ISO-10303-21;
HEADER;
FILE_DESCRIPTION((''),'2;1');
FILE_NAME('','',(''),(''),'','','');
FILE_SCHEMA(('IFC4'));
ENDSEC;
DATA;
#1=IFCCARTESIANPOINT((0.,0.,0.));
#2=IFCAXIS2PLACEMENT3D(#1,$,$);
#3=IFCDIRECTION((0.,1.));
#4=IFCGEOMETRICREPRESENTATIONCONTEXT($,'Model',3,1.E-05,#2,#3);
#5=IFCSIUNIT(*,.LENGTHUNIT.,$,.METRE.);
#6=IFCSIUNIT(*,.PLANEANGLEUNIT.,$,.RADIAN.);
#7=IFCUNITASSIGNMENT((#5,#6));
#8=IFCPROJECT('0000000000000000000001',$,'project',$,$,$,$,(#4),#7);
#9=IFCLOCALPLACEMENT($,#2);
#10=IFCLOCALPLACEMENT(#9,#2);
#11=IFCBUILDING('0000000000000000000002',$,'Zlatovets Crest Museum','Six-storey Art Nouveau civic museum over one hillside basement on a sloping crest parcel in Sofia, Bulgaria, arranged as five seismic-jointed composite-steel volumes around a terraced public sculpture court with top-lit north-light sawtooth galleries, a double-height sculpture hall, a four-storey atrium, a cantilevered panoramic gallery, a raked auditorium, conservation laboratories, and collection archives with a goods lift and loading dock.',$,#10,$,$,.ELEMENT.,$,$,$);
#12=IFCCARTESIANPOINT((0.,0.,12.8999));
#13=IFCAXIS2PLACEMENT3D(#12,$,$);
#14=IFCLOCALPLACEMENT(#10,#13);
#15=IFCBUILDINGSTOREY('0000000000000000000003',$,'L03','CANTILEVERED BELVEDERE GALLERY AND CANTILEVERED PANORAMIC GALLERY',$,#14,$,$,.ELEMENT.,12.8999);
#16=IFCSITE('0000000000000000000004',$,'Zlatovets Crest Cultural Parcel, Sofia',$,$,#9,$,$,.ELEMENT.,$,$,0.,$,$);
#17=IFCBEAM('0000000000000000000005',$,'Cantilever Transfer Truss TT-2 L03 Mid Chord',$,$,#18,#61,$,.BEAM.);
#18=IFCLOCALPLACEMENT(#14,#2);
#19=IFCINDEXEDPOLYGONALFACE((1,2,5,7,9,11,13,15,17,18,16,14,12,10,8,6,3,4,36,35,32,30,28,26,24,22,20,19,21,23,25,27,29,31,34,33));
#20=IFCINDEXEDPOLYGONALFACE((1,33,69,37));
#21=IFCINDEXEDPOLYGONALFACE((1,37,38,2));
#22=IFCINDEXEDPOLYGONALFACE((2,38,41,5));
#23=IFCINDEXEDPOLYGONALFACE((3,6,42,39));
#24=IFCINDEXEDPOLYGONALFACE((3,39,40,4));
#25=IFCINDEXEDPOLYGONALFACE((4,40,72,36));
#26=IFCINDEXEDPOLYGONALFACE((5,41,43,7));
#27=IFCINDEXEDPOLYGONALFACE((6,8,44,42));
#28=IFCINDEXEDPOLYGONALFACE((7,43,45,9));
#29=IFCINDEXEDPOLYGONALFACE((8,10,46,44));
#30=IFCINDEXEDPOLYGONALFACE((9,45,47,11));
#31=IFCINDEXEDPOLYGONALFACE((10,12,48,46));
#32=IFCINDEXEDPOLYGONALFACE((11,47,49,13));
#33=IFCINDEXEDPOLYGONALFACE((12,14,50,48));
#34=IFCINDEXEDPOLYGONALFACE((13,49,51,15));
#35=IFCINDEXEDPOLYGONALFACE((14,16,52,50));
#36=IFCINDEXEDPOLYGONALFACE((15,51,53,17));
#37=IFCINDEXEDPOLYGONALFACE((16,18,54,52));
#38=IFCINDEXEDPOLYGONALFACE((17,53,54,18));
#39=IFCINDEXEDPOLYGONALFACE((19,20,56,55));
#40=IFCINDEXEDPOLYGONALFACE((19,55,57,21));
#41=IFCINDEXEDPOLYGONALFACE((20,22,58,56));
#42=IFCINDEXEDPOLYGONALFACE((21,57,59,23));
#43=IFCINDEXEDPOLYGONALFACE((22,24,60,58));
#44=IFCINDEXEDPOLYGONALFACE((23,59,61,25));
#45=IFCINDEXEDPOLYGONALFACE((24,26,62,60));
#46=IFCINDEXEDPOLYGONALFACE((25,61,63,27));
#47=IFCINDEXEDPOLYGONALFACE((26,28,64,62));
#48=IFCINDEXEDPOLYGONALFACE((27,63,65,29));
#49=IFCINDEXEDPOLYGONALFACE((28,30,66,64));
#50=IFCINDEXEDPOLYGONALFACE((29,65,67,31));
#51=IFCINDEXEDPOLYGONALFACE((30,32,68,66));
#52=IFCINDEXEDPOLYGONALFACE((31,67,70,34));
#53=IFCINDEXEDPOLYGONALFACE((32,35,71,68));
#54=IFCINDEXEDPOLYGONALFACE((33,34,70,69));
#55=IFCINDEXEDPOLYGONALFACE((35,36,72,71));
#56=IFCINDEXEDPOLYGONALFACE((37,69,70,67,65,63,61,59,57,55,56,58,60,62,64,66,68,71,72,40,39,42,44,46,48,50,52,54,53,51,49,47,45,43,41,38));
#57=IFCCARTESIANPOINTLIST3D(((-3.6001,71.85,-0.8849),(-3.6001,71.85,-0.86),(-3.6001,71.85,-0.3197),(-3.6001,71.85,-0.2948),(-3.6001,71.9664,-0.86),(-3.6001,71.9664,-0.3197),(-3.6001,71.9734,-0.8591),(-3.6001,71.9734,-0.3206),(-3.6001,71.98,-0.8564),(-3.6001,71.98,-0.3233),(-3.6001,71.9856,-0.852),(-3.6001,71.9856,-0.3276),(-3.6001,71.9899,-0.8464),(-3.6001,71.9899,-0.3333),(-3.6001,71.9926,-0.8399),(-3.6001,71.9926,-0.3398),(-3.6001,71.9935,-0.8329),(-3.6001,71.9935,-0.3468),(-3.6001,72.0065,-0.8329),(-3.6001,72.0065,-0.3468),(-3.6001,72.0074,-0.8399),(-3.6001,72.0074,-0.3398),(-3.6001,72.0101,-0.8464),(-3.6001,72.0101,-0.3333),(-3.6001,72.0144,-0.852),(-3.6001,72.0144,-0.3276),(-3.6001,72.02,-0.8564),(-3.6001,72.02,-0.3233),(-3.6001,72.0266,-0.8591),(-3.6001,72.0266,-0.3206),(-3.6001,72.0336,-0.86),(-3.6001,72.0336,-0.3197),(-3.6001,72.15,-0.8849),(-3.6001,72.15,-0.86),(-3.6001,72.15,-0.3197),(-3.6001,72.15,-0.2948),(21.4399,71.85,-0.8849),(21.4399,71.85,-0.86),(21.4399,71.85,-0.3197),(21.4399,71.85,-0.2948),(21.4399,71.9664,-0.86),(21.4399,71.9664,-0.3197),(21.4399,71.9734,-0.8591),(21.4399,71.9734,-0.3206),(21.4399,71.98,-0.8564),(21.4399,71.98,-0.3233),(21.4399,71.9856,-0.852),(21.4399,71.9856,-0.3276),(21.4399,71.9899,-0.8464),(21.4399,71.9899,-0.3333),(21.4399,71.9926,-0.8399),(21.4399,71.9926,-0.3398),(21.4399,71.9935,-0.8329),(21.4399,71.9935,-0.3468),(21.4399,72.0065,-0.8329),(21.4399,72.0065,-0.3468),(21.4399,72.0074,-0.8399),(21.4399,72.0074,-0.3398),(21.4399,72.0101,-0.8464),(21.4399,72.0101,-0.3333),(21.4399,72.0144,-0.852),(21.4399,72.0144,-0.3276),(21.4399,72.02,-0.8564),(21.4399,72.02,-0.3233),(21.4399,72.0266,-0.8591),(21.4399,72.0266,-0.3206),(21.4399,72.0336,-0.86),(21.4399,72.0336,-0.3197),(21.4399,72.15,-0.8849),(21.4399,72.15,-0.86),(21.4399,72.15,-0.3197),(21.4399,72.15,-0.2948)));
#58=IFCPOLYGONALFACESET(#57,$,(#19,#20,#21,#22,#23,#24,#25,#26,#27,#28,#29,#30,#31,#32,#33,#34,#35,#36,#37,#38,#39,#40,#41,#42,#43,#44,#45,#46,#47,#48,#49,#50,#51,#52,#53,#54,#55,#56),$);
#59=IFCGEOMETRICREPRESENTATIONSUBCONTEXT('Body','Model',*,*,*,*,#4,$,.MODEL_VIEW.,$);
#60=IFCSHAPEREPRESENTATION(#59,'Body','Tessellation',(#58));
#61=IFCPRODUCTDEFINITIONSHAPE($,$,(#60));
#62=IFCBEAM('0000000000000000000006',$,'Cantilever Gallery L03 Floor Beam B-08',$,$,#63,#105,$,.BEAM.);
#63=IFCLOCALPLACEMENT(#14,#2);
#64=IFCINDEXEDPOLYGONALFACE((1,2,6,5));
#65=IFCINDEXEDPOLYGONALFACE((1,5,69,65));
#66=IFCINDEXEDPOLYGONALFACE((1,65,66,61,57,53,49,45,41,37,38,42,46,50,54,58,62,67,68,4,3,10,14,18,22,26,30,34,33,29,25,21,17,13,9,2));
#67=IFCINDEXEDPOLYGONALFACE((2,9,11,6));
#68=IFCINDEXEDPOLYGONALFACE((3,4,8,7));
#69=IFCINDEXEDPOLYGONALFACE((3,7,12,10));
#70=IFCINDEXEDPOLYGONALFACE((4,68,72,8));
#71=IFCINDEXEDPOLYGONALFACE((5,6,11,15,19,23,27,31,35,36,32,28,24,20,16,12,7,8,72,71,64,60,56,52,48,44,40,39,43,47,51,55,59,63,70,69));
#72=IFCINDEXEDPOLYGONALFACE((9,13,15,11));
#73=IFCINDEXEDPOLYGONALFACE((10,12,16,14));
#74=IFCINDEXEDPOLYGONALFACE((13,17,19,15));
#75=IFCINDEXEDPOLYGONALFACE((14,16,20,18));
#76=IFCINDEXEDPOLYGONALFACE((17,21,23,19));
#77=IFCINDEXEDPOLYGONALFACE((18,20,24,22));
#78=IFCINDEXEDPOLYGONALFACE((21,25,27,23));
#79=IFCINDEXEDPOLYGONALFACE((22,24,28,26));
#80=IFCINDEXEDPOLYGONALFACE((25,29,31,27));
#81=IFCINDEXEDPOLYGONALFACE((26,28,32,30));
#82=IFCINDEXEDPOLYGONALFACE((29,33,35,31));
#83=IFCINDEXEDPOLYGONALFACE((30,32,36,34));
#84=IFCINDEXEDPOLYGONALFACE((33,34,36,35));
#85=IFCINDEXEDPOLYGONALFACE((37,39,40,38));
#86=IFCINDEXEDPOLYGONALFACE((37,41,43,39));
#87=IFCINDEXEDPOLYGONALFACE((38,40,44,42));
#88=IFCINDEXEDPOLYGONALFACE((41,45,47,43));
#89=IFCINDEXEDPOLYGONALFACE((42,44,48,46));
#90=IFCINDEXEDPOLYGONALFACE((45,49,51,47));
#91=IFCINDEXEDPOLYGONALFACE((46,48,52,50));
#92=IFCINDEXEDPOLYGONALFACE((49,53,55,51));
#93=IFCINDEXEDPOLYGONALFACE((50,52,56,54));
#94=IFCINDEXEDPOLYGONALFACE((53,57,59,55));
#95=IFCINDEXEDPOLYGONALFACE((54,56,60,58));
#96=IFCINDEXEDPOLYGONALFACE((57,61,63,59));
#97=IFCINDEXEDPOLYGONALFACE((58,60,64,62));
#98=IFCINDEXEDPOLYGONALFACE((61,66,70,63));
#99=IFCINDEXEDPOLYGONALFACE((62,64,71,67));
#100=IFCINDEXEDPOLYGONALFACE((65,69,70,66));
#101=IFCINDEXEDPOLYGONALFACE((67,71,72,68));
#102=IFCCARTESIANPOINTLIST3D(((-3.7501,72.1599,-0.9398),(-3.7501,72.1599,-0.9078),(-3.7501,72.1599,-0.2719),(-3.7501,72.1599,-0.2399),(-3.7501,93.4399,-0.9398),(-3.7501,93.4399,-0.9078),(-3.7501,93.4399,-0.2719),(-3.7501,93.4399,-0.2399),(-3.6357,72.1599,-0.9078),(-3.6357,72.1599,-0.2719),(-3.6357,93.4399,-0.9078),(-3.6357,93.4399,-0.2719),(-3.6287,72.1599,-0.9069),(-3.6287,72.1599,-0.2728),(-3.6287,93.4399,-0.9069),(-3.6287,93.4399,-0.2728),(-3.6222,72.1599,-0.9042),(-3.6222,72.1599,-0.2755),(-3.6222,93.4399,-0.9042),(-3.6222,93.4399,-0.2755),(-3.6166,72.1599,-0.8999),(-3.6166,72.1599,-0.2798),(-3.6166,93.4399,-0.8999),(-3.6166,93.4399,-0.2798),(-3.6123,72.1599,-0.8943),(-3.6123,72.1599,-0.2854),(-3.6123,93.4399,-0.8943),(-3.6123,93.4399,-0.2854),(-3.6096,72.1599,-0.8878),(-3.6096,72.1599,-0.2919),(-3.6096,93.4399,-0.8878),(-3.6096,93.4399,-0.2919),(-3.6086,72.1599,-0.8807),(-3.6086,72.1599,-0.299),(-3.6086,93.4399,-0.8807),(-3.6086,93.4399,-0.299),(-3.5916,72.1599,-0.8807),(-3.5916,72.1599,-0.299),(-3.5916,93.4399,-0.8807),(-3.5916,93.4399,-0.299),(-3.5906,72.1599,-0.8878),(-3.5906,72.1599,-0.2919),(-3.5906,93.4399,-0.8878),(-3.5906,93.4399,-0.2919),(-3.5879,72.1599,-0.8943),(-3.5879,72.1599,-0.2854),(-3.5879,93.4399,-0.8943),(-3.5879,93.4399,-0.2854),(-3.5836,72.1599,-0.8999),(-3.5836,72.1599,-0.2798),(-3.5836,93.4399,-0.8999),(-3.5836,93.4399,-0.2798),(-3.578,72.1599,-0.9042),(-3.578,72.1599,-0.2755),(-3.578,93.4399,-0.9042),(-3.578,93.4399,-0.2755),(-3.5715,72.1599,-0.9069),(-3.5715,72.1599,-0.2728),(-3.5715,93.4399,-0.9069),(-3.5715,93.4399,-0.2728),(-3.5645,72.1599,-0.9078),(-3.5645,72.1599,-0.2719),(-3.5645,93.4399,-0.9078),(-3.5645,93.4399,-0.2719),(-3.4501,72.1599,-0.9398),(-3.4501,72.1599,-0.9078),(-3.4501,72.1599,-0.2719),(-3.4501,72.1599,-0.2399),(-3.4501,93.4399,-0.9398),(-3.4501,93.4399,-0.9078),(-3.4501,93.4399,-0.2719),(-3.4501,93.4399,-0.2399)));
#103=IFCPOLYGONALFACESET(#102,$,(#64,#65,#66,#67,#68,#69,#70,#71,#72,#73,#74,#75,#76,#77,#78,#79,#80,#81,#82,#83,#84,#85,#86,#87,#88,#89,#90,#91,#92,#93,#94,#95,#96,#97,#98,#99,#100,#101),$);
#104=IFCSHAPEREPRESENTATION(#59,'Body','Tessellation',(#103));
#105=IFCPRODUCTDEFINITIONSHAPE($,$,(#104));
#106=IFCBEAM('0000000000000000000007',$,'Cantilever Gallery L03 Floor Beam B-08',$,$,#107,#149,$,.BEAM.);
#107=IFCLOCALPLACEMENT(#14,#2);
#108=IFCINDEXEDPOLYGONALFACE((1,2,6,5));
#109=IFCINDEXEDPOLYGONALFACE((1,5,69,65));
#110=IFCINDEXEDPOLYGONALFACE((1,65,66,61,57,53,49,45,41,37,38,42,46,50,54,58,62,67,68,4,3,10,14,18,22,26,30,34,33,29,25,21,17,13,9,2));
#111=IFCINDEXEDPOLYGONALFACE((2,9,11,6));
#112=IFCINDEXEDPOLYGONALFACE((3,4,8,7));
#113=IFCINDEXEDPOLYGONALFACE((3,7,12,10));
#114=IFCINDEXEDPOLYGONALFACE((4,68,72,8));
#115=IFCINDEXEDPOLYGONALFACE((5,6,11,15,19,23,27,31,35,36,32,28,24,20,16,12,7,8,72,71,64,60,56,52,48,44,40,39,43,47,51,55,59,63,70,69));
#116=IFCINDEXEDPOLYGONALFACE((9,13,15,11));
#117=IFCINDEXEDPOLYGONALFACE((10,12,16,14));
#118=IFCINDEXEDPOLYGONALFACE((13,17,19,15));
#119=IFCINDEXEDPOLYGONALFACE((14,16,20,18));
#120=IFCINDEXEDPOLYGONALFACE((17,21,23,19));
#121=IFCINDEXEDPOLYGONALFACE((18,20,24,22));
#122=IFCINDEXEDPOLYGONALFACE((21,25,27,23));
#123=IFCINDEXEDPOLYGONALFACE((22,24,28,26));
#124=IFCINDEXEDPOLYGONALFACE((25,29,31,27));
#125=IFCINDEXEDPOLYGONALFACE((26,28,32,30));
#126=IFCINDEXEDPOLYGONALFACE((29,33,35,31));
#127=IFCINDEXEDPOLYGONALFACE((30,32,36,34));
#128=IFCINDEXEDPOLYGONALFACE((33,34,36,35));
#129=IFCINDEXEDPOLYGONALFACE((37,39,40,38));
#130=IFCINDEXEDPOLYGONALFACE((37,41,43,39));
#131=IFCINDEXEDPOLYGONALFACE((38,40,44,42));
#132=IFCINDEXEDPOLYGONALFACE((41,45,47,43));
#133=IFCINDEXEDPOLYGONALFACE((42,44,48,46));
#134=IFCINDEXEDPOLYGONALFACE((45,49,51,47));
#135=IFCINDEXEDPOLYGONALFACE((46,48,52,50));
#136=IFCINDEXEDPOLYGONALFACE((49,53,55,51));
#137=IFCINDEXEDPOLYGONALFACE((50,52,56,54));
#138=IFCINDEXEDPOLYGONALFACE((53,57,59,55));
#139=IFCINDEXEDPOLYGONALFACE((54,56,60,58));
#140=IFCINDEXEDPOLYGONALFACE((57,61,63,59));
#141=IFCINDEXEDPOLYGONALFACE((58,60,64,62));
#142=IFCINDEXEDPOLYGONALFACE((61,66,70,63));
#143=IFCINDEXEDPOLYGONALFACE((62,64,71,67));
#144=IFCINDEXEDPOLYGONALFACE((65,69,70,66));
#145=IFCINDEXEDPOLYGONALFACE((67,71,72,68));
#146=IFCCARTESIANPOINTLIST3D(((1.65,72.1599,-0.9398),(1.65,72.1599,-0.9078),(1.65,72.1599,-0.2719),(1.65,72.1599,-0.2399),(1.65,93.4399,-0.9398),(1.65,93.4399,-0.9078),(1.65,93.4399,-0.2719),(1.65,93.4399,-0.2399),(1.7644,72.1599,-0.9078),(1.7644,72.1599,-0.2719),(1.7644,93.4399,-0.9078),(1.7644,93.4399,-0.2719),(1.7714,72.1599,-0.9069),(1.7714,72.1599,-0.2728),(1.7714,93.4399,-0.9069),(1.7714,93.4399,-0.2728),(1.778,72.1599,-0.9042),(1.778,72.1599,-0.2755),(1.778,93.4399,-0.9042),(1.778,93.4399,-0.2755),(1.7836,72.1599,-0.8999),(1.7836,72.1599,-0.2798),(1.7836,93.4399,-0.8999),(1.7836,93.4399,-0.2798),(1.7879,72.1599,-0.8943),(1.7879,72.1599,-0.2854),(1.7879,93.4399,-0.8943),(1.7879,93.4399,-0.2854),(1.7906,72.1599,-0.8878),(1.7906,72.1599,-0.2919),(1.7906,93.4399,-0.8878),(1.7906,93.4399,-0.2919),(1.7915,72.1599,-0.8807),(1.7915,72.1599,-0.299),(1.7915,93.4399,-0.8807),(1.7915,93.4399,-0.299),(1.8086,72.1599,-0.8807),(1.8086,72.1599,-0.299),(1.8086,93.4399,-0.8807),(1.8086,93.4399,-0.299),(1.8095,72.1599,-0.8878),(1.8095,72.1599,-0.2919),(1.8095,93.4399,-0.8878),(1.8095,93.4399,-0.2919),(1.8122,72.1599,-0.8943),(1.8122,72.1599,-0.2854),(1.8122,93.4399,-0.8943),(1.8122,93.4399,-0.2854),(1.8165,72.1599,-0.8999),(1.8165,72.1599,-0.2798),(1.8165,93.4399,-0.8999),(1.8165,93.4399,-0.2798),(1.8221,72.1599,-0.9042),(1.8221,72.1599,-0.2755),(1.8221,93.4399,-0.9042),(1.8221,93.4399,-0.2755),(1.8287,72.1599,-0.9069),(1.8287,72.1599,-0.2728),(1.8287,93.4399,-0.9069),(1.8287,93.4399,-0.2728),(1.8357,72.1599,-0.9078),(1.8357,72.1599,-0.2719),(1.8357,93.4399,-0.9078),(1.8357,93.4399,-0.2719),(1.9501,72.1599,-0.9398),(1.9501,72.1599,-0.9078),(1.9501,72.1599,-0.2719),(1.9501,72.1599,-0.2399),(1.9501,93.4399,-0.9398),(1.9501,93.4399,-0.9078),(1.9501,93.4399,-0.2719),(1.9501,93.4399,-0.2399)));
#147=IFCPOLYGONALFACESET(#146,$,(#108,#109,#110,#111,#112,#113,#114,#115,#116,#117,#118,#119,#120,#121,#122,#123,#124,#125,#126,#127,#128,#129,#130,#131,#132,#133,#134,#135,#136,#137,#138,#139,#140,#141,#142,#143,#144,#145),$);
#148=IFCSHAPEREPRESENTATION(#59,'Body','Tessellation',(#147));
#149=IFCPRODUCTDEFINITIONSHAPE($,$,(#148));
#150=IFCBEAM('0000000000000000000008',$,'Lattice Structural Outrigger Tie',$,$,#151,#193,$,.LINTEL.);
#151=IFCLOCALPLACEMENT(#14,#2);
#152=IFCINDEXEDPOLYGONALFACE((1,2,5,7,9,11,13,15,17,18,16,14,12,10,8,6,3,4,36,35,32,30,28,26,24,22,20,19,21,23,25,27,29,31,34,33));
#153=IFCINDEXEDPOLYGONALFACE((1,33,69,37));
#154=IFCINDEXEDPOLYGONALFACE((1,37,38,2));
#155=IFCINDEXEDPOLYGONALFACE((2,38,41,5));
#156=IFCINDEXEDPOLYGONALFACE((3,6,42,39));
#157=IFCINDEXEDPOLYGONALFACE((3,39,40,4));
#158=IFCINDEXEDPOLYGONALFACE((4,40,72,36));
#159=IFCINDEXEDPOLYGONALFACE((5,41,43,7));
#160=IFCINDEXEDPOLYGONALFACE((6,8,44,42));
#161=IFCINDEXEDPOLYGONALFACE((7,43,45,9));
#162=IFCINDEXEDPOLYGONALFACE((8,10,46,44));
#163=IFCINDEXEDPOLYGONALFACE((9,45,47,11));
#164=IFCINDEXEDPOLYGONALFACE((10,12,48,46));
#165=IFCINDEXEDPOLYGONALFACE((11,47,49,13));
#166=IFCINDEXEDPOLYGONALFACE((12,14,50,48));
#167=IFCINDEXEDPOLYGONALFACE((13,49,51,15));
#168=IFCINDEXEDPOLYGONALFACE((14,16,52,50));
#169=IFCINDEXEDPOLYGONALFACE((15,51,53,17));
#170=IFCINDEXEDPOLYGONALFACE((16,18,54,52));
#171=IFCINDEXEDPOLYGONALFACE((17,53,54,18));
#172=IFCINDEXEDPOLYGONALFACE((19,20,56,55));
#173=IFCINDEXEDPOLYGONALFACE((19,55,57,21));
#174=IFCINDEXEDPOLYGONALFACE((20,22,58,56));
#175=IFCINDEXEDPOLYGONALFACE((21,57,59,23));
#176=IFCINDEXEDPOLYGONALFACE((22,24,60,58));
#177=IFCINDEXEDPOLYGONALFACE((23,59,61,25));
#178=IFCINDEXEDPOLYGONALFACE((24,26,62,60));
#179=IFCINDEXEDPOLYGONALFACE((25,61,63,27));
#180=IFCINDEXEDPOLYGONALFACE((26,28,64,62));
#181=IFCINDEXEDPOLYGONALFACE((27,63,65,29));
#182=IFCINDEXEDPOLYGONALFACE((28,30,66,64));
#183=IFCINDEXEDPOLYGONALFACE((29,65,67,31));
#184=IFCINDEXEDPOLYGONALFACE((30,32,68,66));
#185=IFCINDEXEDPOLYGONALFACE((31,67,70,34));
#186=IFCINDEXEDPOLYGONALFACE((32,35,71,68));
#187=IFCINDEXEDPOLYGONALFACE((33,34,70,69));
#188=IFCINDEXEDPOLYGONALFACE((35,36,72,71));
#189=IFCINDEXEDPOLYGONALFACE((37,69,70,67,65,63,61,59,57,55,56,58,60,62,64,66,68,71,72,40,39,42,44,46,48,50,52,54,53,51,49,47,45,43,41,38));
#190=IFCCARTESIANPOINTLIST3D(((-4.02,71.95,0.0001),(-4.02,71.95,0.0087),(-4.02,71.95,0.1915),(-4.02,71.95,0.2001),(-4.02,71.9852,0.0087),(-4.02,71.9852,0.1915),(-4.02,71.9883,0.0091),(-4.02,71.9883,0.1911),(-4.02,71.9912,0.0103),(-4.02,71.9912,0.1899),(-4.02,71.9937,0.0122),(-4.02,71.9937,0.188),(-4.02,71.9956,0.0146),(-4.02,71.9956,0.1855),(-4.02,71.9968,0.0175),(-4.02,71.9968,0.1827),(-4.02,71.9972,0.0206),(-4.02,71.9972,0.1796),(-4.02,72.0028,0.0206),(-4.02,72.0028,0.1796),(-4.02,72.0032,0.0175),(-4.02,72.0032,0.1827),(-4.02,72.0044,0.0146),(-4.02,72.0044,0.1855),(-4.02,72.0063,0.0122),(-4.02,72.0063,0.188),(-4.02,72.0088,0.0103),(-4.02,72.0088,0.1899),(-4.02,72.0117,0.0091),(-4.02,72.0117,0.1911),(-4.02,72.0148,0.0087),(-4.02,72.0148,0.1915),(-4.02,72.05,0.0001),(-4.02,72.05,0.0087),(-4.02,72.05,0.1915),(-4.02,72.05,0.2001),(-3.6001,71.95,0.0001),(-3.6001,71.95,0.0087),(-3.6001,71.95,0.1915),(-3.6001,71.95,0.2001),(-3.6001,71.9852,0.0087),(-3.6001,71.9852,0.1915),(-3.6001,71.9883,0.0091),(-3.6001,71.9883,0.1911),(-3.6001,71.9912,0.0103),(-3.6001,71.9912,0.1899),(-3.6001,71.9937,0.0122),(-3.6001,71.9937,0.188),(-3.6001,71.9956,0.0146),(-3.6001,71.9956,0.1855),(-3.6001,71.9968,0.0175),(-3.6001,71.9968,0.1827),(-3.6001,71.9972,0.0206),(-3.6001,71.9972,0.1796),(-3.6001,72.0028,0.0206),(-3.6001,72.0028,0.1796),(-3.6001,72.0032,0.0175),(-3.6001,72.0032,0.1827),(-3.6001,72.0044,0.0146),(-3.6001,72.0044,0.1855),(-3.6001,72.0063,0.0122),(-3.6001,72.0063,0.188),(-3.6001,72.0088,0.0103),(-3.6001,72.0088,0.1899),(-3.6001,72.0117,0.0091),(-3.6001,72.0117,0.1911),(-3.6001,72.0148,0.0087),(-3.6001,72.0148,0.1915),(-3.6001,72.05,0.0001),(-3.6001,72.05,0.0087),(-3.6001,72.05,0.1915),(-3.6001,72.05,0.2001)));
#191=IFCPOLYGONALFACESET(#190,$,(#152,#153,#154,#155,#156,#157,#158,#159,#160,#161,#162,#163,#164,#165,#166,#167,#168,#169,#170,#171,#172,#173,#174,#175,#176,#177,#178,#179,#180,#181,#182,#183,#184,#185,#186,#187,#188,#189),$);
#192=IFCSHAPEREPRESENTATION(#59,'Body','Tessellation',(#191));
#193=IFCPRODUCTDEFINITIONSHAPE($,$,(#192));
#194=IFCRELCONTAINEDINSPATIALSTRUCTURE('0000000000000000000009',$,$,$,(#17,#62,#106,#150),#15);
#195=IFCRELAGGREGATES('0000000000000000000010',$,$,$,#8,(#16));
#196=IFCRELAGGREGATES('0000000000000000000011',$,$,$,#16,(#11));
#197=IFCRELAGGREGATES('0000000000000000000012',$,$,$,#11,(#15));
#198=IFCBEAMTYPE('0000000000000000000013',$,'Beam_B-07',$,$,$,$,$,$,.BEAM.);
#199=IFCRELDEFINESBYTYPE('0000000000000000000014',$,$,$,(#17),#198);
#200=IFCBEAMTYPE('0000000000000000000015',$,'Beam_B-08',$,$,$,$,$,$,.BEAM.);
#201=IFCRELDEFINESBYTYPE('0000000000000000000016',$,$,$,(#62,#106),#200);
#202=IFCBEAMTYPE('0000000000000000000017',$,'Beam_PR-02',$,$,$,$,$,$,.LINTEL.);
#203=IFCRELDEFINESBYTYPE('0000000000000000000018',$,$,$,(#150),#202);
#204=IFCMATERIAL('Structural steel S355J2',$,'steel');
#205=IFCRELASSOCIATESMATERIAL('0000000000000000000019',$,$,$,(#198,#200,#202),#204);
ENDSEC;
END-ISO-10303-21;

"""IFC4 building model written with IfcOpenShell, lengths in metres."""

from ifc_helpers import new_model, si_unit, direction, frame, origin, origin_2d, place, context, subcontext, project, spatial, i_section, extrude, material, material_profile, profile_set, type_object, element, save


model = new_model("IFC4")

# Units and contexts
model_context = context("Model", 3, precision=1e-05, world=origin(), true_north=direction((0.0, 1.0)))
body_context = subcontext(model_context, "Body", "Model", "MODEL_VIEW")
ifc_project = project(units=[si_unit("LENGTHUNIT", "METRE"), si_unit("PLANEANGLEUNIT", "RADIAN")], contexts=[model_context])

# Site, building, storey
site_placement = place(None, origin())
site = spatial("IfcSite", under=ifc_project, at=site_placement, Name="Zlatovets Crest Cultural Parcel, Sofia", CompositionType="ELEMENT", RefElevation=0.0)
building_placement = place(site_placement, origin())
building = spatial("IfcBuilding", under=site, at=building_placement, Name="Zlatovets Crest Museum", Description="Six-storey Art Nouveau civic museum over one hillside basement on a sloping crest parcel in Sofia, Bulgaria, arranged as five seismic-jointed composite-steel volumes around a terraced public sculpture court with top-lit north-light sawtooth galleries, a double-height sculpture hall, a four-storey atrium, a cantilevered panoramic gallery, a raked auditorium, conservation laboratories, and collection archives with a goods lift and loading dock.", CompositionType="ELEMENT")
storey_placement = place(building_placement, frame((0.0, 0.0, 12.8999)))
storey = spatial("IfcBuildingStorey", under=building, at=storey_placement, Name="L03", Description="CANTILEVERED BELVEDERE GALLERY AND CANTILEVERED PANORAMIC GALLERY", CompositionType="ELEMENT", Elevation=12.8999)

# Beams
ifc_material_1 = material(Name="Structural steel S355J2", Category="steel")
ifc_material_profile_1 = material_profile(ifc_material_1, i_section(OverallWidth=0.3, OverallDepth=0.5901, WebThickness=0.0129, FlangeThickness=0.0249, FilletRadius=0.0271, at=origin_2d()), Name="HEA 600")
ifc_profile_set_1 = profile_set([ifc_material_profile_1], Name="Structural steel S355J2")
beam_type_1 = type_object("IfcBeamType", Name="Beam_B-07", PredefinedType="BEAM", material=ifc_profile_set_1)
beam_placement = place(storey_placement, frame((-3.6001, 72.0, -0.5898), z_axis=(1.0, 0.0, 0.0), x_axis=(0.0, 1.0, 0.0)))
element("IfcBeam", 1, at=beam_placement, inside=storey, type_object=beam_type_1, Name="Cantilever Transfer Truss TT-2 L03 Mid Chord", PredefinedType="BEAM", context=body_context, shape_type="SweptSolid", body=[
    extrude(i_section(OverallWidth=0.3, OverallDepth=0.5901, WebThickness=0.0129, FlangeThickness=0.0249, FilletRadius=0.0271, at=origin_2d()), origin(), (0.0, 0.0, 1.0), 25.04),
])
ifc_material_profile_2 = material_profile(ifc_material_1, i_section(OverallWidth=0.3, OverallDepth=0.7, WebThickness=0.0171, FlangeThickness=0.032, FilletRadius=0.0271, at=origin_2d()), Name="HEB 700")
ifc_profile_set_2 = profile_set([ifc_material_profile_2], Name="Structural steel S355J2")
beam_type_2 = type_object("IfcBeamType", Name="Beam_B-08", PredefinedType="BEAM", material=ifc_profile_set_2)
for number, where, z_axis, x_axis, name in (
    (2, (-3.6001, 72.1599, -0.5898), (0.0, 1.0, 0.0), (-1.0, 0.0, 0.0), "Cantilever Gallery L03 Floor Beam B-08"),
    (3, (1.8, 72.1599, -0.5898), (0.0, 1.0, 0.0), (-1.0, 0.0, 0.0), "Cantilever Gallery L03 Floor Beam B-08"),
):
    element("IfcBeam", number, at=place(storey_placement, frame(where, z_axis=z_axis, x_axis=x_axis)), inside=storey, type_object=beam_type_2, Name=name, PredefinedType="BEAM", context=body_context, shape_type="SweptSolid", body=[
        extrude(i_section(OverallWidth=0.3, OverallDepth=0.7, WebThickness=0.0171, FlangeThickness=0.032, FilletRadius=0.0271, at=origin_2d()), origin(), (0.0, 0.0, 1.0), 21.28),
    ])
ifc_material_profile_3 = material_profile(ifc_material_1, i_section(OverallWidth=0.1001, OverallDepth=0.2, WebThickness=0.0056, FlangeThickness=0.0085, FilletRadius=0.012, at=origin_2d()), Name="IPE 200")
ifc_profile_set_3 = profile_set([ifc_material_profile_3], Name="Structural steel S355J2")
beam_type_3 = type_object("IfcBeamType", Name="Beam_PR-02", PredefinedType="LINTEL", material=ifc_profile_set_3)
for number, where, z_axis, x_axis, name in (
    (4, (-3.6001, 72.0, 0.1001), (-1.0, 0.0, 0.0), (0.0, -1.0, 0.0), "Lattice Structural Outrigger Tie"),
):
    element("IfcBeam", number, at=place(storey_placement, frame(where, z_axis=z_axis, x_axis=x_axis)), inside=storey, type_object=beam_type_3, Name=name, PredefinedType="LINTEL", context=body_context, shape_type="SweptSolid", body=[
        extrude(i_section(OverallWidth=0.1001, OverallDepth=0.2, WebThickness=0.0056, FlangeThickness=0.0085, FilletRadius=0.012, at=origin_2d()), origin(), (0.0, 0.0, 1.0), 0.4199),
    ])

save(model, "model.ifc")
